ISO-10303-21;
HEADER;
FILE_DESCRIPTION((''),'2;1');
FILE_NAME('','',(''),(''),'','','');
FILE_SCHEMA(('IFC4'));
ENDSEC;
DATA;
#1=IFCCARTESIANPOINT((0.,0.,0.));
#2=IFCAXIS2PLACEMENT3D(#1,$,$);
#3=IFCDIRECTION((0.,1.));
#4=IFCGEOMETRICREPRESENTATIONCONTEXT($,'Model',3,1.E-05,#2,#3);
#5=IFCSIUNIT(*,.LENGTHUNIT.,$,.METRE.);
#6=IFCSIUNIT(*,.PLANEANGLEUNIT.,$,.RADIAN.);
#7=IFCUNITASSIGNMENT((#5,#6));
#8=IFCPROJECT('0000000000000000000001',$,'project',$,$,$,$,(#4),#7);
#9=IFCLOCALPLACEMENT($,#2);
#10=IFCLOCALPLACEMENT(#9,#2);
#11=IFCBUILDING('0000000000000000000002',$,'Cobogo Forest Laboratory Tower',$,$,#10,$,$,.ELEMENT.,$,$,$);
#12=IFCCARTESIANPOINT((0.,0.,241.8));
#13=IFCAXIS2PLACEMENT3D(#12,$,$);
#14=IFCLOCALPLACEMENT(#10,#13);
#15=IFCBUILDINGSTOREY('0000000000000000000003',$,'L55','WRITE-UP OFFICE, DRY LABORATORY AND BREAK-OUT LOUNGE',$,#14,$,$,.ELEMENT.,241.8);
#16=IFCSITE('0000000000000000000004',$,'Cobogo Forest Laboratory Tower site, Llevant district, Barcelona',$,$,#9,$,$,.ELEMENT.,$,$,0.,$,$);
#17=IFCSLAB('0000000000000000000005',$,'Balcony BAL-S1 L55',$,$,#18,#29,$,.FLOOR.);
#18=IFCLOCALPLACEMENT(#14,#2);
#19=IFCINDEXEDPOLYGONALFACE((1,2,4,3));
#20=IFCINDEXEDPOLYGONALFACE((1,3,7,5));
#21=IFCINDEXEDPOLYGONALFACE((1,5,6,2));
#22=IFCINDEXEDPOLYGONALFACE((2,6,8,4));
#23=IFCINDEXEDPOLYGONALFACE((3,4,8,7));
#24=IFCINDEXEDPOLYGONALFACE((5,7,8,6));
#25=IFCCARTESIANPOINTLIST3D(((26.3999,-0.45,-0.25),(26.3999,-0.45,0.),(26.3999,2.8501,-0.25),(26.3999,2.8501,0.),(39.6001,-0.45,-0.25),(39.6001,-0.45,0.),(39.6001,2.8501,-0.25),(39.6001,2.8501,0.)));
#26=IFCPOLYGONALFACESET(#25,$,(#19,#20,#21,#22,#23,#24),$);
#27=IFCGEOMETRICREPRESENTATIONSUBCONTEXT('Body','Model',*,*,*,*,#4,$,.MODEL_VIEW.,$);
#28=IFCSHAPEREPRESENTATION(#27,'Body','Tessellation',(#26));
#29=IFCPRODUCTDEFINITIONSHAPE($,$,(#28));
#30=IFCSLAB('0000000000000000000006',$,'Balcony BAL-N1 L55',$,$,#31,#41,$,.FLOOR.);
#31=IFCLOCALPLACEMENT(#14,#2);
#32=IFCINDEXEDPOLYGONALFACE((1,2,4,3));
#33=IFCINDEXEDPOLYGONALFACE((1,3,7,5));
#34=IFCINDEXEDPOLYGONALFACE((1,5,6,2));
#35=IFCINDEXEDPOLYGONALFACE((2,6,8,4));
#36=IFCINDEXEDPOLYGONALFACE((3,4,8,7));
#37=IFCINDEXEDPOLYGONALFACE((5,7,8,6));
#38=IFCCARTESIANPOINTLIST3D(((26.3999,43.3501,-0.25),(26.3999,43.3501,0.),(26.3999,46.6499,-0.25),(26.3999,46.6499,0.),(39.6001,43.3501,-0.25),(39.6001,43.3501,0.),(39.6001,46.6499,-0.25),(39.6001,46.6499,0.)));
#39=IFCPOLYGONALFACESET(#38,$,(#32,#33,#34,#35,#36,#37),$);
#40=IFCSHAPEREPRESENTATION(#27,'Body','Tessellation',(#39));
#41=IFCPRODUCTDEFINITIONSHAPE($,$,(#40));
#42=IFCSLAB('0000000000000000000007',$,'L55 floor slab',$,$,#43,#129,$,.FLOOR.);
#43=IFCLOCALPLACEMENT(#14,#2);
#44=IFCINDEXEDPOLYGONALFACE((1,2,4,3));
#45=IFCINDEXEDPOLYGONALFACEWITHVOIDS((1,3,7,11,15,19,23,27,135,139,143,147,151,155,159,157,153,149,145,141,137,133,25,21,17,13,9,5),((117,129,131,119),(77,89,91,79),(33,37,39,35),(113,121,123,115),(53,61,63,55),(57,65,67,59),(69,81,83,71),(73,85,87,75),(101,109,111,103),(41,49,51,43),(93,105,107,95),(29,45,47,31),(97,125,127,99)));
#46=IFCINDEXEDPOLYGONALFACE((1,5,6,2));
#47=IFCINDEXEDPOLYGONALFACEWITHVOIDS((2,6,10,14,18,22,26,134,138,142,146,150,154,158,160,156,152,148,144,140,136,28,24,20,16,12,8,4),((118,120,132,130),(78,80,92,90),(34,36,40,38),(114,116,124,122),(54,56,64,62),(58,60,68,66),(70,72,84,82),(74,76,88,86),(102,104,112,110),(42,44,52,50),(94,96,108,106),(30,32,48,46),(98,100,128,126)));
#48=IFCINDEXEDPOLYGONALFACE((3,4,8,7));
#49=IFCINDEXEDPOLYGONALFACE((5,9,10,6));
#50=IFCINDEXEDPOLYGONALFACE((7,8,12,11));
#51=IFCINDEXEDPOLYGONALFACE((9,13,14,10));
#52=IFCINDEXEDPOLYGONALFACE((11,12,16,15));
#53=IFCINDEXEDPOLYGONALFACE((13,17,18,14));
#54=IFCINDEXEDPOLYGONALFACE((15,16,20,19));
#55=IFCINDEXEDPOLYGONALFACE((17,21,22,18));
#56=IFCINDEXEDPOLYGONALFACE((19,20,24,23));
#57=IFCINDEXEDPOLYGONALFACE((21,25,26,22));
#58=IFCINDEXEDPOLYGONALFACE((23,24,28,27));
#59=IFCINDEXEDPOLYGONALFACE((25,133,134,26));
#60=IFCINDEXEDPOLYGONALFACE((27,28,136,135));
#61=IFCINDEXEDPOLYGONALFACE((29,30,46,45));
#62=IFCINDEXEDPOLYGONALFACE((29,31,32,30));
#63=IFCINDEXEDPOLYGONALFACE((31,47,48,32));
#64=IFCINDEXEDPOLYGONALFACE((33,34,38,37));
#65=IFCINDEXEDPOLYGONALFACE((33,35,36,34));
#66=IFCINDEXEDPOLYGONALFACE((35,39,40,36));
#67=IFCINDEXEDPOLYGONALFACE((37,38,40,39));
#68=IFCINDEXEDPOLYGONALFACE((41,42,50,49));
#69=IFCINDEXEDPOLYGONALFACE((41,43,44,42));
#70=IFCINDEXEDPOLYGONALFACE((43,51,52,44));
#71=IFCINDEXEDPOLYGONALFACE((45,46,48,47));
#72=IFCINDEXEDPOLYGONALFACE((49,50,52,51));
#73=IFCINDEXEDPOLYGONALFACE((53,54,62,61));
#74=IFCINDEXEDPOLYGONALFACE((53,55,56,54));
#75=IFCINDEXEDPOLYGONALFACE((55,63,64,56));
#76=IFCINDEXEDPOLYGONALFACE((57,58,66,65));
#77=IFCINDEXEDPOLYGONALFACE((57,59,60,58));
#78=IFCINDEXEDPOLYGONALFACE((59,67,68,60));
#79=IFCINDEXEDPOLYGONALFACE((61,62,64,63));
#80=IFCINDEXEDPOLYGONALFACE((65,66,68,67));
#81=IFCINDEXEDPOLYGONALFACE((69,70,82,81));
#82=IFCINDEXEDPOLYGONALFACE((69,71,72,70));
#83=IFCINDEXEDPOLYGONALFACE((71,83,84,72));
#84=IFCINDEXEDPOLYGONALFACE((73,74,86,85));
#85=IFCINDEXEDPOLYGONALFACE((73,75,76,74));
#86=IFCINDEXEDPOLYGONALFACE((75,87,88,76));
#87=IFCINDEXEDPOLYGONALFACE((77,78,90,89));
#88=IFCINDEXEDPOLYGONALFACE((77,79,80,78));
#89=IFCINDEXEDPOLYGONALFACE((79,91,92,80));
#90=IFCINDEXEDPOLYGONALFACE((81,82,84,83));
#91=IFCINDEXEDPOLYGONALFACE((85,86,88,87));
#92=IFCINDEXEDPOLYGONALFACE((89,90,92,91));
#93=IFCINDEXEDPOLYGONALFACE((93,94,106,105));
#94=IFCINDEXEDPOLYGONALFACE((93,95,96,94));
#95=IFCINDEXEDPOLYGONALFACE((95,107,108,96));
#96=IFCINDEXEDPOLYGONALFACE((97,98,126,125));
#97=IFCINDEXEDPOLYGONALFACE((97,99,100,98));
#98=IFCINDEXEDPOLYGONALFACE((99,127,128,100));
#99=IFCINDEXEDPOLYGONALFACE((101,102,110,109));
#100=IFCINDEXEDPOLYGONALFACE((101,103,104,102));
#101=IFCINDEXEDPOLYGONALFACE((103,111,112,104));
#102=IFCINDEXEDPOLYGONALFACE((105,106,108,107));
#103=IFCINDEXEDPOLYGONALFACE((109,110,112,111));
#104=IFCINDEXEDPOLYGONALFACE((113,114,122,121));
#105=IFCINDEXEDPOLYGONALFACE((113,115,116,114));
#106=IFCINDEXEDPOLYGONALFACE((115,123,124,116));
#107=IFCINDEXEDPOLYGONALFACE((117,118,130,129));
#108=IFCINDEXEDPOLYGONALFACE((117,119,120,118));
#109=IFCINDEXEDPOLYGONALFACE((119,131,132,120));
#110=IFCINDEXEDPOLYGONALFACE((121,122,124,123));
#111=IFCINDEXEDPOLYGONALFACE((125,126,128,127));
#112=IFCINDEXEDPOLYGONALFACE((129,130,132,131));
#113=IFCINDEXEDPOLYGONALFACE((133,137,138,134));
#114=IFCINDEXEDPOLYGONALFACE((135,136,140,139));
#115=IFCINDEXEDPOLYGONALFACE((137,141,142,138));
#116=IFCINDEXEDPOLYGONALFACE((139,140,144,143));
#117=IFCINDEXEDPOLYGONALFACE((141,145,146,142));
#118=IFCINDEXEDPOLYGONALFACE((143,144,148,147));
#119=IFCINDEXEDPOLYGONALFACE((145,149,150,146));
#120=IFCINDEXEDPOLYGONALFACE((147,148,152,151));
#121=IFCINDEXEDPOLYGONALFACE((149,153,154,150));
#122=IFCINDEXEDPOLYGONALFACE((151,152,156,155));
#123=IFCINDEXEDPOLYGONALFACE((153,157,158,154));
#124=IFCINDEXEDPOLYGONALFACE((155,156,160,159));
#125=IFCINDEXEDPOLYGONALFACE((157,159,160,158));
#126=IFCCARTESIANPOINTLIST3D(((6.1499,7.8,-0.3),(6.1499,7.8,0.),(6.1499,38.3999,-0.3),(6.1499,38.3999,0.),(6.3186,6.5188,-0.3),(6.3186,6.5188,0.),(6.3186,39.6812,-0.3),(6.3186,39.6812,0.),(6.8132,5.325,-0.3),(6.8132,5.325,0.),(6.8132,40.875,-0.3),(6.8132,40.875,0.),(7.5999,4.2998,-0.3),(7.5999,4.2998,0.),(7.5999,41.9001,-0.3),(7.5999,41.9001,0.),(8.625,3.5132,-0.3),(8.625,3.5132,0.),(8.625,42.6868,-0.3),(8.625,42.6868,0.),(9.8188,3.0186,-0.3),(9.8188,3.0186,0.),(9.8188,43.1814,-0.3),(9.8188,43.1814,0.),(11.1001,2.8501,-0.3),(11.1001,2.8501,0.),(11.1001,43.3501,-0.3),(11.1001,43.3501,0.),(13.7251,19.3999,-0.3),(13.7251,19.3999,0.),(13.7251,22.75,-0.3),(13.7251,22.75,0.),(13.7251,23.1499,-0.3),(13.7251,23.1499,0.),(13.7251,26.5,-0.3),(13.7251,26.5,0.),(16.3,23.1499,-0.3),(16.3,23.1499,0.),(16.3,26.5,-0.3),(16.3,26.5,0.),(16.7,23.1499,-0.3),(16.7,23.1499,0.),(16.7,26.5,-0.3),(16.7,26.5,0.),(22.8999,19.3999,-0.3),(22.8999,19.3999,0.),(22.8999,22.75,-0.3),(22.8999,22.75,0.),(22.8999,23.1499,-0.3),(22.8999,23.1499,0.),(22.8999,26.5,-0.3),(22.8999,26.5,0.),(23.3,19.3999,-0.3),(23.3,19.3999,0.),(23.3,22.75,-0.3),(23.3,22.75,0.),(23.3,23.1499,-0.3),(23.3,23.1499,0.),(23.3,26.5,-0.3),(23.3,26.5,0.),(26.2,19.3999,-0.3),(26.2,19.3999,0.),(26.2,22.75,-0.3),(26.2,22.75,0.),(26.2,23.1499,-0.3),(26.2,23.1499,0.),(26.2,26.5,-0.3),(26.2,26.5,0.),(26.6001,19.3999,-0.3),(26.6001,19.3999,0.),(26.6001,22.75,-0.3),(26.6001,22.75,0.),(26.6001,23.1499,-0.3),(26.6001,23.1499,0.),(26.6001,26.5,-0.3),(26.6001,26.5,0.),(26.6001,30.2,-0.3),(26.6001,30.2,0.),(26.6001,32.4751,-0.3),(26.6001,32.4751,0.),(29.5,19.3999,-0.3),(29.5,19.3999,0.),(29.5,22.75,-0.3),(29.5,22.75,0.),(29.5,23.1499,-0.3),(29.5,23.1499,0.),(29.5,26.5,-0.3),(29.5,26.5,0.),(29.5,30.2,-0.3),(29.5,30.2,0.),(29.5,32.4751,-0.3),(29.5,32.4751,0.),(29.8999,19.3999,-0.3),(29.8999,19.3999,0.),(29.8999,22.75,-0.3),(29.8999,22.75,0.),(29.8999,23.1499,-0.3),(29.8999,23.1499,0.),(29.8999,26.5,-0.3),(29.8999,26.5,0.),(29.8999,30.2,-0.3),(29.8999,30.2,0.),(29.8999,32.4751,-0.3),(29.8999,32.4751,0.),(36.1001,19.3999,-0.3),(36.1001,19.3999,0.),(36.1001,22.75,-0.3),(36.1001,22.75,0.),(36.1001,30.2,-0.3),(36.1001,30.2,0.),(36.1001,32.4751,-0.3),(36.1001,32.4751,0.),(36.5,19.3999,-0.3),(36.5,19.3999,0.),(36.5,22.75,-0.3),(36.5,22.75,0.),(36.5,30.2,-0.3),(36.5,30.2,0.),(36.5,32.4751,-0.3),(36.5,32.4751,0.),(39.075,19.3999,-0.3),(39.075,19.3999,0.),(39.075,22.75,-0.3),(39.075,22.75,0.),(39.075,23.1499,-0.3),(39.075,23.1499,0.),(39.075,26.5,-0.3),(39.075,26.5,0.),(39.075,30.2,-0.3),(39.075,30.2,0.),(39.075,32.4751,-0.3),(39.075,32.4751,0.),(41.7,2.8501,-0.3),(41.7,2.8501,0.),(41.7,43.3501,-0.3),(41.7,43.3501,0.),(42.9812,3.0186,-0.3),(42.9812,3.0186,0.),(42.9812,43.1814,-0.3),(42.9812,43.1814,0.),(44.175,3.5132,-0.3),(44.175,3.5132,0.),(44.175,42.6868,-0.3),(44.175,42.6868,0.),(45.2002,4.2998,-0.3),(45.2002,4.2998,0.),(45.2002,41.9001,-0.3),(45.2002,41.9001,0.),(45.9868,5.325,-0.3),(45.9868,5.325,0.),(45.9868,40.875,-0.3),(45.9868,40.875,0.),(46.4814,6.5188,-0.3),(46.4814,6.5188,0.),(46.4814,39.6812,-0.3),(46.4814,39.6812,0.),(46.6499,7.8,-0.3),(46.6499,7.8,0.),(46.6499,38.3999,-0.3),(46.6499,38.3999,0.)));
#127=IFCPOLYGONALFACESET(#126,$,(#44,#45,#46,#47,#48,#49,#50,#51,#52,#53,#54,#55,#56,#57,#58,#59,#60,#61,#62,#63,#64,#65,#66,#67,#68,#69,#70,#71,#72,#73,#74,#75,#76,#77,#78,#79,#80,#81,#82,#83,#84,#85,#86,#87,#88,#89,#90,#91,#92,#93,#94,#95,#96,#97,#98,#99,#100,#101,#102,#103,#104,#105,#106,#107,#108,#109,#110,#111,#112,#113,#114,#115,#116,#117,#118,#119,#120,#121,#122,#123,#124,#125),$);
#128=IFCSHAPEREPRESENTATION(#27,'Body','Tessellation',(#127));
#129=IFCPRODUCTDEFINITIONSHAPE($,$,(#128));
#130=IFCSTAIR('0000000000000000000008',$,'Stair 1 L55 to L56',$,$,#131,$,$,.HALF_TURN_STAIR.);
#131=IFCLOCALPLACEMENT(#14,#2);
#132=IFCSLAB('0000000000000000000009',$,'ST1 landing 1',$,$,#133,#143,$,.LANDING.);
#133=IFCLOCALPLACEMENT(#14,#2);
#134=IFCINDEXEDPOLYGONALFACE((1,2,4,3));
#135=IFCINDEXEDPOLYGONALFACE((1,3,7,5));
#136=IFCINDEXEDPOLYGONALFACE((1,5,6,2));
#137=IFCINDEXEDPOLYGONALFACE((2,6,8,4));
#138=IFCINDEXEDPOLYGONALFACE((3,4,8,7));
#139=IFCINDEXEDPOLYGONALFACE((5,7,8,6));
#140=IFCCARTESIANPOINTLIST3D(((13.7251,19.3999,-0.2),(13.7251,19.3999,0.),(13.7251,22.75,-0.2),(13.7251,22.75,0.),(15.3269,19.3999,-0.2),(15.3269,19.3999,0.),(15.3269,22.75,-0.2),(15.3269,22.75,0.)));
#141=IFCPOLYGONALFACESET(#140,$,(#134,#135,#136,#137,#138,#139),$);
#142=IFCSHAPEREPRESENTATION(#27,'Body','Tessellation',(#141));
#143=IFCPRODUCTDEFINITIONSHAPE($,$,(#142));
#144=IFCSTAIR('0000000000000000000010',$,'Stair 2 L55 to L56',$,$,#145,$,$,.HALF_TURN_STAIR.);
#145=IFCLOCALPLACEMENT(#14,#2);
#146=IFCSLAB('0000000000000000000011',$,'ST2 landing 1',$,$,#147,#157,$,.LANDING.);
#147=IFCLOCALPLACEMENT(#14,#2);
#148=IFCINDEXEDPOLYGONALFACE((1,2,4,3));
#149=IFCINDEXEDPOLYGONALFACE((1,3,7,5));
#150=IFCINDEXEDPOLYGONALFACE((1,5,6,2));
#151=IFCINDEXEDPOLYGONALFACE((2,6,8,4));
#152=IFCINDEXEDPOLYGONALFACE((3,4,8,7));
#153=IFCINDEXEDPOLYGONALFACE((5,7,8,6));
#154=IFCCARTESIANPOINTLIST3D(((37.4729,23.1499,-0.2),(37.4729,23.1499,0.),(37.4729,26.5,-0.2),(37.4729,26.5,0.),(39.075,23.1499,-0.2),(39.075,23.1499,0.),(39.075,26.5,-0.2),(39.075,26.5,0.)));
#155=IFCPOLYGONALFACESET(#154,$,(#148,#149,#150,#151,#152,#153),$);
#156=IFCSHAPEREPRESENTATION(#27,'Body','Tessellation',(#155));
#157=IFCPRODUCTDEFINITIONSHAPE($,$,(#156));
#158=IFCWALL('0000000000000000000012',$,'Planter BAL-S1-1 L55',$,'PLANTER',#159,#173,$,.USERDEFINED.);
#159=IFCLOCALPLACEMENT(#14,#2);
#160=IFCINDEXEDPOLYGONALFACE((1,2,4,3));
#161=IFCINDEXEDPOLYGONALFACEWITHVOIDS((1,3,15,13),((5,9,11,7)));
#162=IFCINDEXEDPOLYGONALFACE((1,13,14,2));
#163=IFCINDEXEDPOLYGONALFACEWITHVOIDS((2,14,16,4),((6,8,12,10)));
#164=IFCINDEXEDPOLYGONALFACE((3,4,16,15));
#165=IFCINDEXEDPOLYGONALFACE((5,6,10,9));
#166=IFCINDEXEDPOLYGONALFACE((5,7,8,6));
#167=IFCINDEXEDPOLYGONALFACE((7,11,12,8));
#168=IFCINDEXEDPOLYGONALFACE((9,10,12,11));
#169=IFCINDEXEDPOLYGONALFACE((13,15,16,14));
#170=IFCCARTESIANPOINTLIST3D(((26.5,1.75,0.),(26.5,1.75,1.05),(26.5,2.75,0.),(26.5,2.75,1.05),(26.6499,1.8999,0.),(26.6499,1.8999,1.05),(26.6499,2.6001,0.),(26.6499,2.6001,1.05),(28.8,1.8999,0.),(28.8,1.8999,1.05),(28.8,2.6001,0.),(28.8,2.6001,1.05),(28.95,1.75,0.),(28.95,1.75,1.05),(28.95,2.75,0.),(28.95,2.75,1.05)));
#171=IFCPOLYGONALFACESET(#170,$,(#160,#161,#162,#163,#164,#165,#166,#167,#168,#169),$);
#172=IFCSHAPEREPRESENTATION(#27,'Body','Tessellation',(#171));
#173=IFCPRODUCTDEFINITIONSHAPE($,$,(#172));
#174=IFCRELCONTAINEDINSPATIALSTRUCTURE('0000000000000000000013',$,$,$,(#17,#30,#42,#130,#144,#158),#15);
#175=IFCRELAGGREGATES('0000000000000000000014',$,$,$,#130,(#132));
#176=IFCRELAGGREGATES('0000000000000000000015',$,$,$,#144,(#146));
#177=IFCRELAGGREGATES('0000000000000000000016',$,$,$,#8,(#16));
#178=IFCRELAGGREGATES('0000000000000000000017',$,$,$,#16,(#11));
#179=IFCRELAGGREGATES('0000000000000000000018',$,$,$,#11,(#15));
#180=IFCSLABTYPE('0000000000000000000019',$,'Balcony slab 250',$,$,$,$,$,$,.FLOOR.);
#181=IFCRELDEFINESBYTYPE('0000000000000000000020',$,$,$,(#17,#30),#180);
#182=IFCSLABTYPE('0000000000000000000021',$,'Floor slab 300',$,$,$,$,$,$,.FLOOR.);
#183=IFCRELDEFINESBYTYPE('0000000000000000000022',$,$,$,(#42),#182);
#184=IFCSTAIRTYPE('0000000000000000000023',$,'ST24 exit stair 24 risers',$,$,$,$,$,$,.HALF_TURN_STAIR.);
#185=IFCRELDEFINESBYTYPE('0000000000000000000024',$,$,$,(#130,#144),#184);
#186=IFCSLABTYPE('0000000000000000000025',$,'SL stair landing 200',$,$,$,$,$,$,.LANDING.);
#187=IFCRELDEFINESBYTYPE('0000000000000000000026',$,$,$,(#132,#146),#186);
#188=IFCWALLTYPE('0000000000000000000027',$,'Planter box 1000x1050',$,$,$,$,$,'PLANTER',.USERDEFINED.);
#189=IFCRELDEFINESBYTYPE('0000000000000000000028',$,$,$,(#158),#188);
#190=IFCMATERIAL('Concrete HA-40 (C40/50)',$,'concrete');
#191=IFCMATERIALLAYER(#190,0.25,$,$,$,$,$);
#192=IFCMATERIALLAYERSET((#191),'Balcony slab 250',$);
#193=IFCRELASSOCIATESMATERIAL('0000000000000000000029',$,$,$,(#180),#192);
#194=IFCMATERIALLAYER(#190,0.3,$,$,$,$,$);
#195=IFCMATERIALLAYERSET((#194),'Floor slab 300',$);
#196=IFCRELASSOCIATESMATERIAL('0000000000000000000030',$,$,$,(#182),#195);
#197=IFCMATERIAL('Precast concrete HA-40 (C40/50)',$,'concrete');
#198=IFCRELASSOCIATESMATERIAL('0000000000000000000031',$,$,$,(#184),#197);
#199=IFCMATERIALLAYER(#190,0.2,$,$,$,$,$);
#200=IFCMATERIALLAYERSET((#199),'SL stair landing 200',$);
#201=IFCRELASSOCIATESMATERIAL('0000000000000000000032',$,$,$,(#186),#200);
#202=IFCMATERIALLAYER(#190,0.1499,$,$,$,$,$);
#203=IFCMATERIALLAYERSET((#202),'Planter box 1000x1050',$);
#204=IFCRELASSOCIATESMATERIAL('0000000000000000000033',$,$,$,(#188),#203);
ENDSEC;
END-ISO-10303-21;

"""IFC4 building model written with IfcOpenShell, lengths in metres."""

from ifc_helpers import new_model, si_unit, direction, frame, origin, place, context, subcontext, project, spatial, polyline, outline, extrude, material, layer, layer_set, type_object, element, aggregate, save


model = new_model("IFC4")

# Units and contexts
model_context = context("Model", 3, precision=1e-05, world=origin(), true_north=direction((0.0, 1.0)))
body_context = subcontext(model_context, "Body", "Model", "MODEL_VIEW")
ifc_project = project(units=[si_unit("LENGTHUNIT", "METRE"), si_unit("PLANEANGLEUNIT", "RADIAN")], contexts=[model_context])

# Site, building, storey
site_placement = place(None, origin())
site = spatial("IfcSite", under=ifc_project, at=site_placement, Name="Cobogo Forest Laboratory Tower site, Llevant district, Barcelona", CompositionType="ELEMENT", RefElevation=0.0)
building_placement = place(site_placement, origin())
building = spatial("IfcBuilding", under=site, at=building_placement, Name="Cobogo Forest Laboratory Tower", CompositionType="ELEMENT")
storey_placement = place(building_placement, frame((0.0, 0.0, 241.8)))
storey = spatial("IfcBuildingStorey", under=building, at=storey_placement, Name="L55", Description="WRITE-UP OFFICE, DRY LABORATORY AND BREAK-OUT LOUNGE", CompositionType="ELEMENT", Elevation=241.8)

# Slabs
ifc_material_1 = material(Name="Concrete HA-40 (C40/50)", Category="concrete")
ifc_layer_1 = layer(ifc_material_1, 0.25)
ifc_layer_set_1 = layer_set([ifc_layer_1], Name="Balcony slab 250")
slab_type_1 = type_object("IfcSlabType", Name="Balcony slab 250", PredefinedType="FLOOR", material=ifc_layer_set_1)
slab_1_placement = place(storey_placement, frame((0.0, 0.0, -0.25)))
element("IfcSlab", 1, at=slab_1_placement, inside=storey, type_object=slab_type_1, Name="Balcony BAL-S1 L55", PredefinedType="FLOOR", context=body_context, shape_type="SweptSolid", body=[
    extrude(outline(polyline([(26.3999, -0.45), (39.6001, -0.45), (39.6001, 2.8501), (26.3999, 2.8501), (26.3999, -0.45)])), origin(), (0.0, 0.0, 1.0), 0.25),
])
slab_2_placement = place(storey_placement, frame((0.0, 0.0, -0.25)))
element("IfcSlab", 2, at=slab_2_placement, inside=storey, type_object=slab_type_1, Name="Balcony BAL-N1 L55", PredefinedType="FLOOR", context=body_context, shape_type="SweptSolid", body=[
    extrude(outline(polyline([(26.3999, 43.3501), (39.6001, 43.3501), (39.6001, 46.6499), (26.3999, 46.6499), (26.3999, 43.3501)])), origin(), (0.0, 0.0, 1.0), 0.25),
])
ifc_layer_2 = layer(ifc_material_1, 0.3)
ifc_layer_set_2 = layer_set([ifc_layer_2], Name="Floor slab 300")
slab_type_2 = type_object("IfcSlabType", Name="Floor slab 300", PredefinedType="FLOOR", material=ifc_layer_set_2)
slab_3_placement = place(storey_placement, frame((0.0, 0.0, -0.3)))
element("IfcSlab", 3, at=slab_3_placement, inside=storey, type_object=slab_type_2, Name="L55 floor slab", PredefinedType="FLOOR", context=body_context, shape_type="SweptSolid", body=[
    extrude(outline(polyline([(41.7, 2.8501), (42.9812, 3.0186), (44.175, 3.5132), (45.2002, 4.2998), (45.9868, 5.325), (46.4814, 6.5188), (46.6499, 7.8), (46.6499, 38.3999), (46.4814, 39.6812), (45.9868, 40.875), (45.2002, 41.9001), (44.175, 42.6868), (42.9812, 43.1814), (41.7, 43.3501), (11.1001, 43.3501), (9.8188, 43.1814), (8.625, 42.6868), (7.5999, 41.9001), (6.8132, 40.875), (6.3186, 39.6812), (6.1499, 38.3999), (6.1499, 7.8), (6.3186, 6.5188), (6.8132, 5.325), (7.5999, 4.2998), (8.625, 3.5132), (9.8188, 3.0186), (11.1001, 2.8501), (41.7, 2.8501)]), holes=[polyline([(22.8999, 19.3999), (13.7251, 19.3999), (13.7251, 22.75), (22.8999, 22.75), (22.8999, 19.3999)]), polyline([(26.2, 19.3999), (23.3, 19.3999), (23.3, 22.75), (26.2, 22.75), (26.2, 19.3999)]), polyline([(29.5, 19.3999), (26.6001, 19.3999), (26.6001, 22.75), (29.5, 22.75), (29.5, 19.3999)]), polyline([(36.1001, 22.75), (36.1001, 19.3999), (29.8999, 19.3999), (29.8999, 22.75), (36.1001, 22.75)]), polyline([(39.075, 19.3999), (36.5, 19.3999), (36.5, 22.75), (39.075, 22.75), (39.075, 19.3999)]), polyline([(16.3, 23.1499), (13.7251, 23.1499), (13.7251, 26.5), (16.3, 26.5), (16.3, 23.1499)]), polyline([(22.8999, 26.5), (22.8999, 23.1499), (16.7, 23.1499), (16.7, 26.5), (22.8999, 26.5)]), polyline([(26.2, 23.1499), (23.3, 23.1499), (23.3, 26.5), (26.2, 26.5), (26.2, 23.1499)]), polyline([(29.5, 23.1499), (26.6001, 23.1499), (26.6001, 26.5), (29.5, 26.5), (29.5, 23.1499)]), polyline([(39.075, 23.1499), (29.8999, 23.1499), (29.8999, 26.5), (39.075, 26.5), (39.075, 23.1499)]), polyline([(29.5, 30.2), (26.6001, 30.2), (26.6001, 32.4751), (29.5, 32.4751), (29.5, 30.2)]), polyline([(36.1001, 32.4751), (36.1001, 30.2), (29.8999, 30.2), (29.8999, 32.4751), (36.1001, 32.4751)]), polyline([(39.075, 30.2), (36.5, 30.2), (36.5, 32.4751), (39.075, 32.4751), (39.075, 30.2)])]), origin(), (0.0, 0.0, 1.0), 0.3),
])

# Stairs, slabs
ifc_material_2 = material(Name="Precast concrete HA-40 (C40/50)", Category="concrete")
stair_type = type_object("IfcStairType", Name="ST24 exit stair 24 risers", PredefinedType="HALF_TURN_STAIR", material=ifc_material_2)
stair_1_placement = place(storey_placement, origin())
stair_1 = element("IfcStair", 4, at=stair_1_placement, inside=storey, type_object=stair_type, Name="Stair 1 L55 to L56", PredefinedType="HALF_TURN_STAIR")
ifc_layer_3 = layer(ifc_material_1, 0.2)
ifc_layer_set_3 = layer_set([ifc_layer_3], Name="SL stair landing 200")
slab_type_3 = type_object("IfcSlabType", Name="SL stair landing 200", PredefinedType="LANDING", material=ifc_layer_set_3)
slab_4_placement = place(storey_placement, frame((0.0, 0.0, -0.2)))
slab_4 = element("IfcSlab", 5, at=slab_4_placement, type_object=slab_type_3, Name="ST1 landing 1", PredefinedType="LANDING", context=body_context, shape_type="SweptSolid", body=[
    extrude(outline(polyline([(13.7251, 19.3999), (15.3269, 19.3999), (15.3269, 22.75), (13.7251, 22.75), (13.7251, 19.3999)])), origin(), (0.0, 0.0, 1.0), 0.2),
])
aggregate(stair_1, [slab_4])
stair_2_placement = place(storey_placement, origin())
stair_2 = element("IfcStair", 6, at=stair_2_placement, inside=storey, type_object=stair_type, Name="Stair 2 L55 to L56", PredefinedType="HALF_TURN_STAIR")
slab_5_placement = place(storey_placement, frame((0.0, 0.0, -0.2)))
slab_5 = element("IfcSlab", 7, at=slab_5_placement, type_object=slab_type_3, Name="ST2 landing 1", PredefinedType="LANDING", context=body_context, shape_type="SweptSolid", body=[
    extrude(outline(polyline([(37.4729, 23.1499), (39.075, 23.1499), (39.075, 26.5), (37.4729, 26.5), (37.4729, 23.1499)])), origin(), (0.0, 0.0, 1.0), 0.2),
])
aggregate(stair_2, [slab_5])

# Wall
ifc_layer_4 = layer(ifc_material_1, 0.1499)
ifc_layer_set_4 = layer_set([ifc_layer_4], Name="Planter box 1000x1050")
wall_type = type_object("IfcWallType", Name="Planter box 1000x1050", ElementType="PLANTER", PredefinedType="USERDEFINED", material=ifc_layer_set_4)
wall_1_placement = place(storey_placement, origin())
element("IfcWall", 8, at=wall_1_placement, inside=storey, type_object=wall_type, Name="Planter BAL-S1-1 L55", ObjectType="PLANTER", PredefinedType="USERDEFINED", context=body_context, shape_type="SweptSolid", body=[
    extrude(outline(polyline([(26.5, 1.75), (28.95, 1.75), (28.95, 2.75), (26.5, 2.75), (26.5, 1.75)]), holes=[polyline([(26.6499, 1.8999), (28.8, 1.8999), (28.8, 2.6001), (26.6499, 2.6001), (26.6499, 1.8999)])]), origin(), (0.0, 0.0, 1.0), 1.05),
])

save(model, "model.ifc")
